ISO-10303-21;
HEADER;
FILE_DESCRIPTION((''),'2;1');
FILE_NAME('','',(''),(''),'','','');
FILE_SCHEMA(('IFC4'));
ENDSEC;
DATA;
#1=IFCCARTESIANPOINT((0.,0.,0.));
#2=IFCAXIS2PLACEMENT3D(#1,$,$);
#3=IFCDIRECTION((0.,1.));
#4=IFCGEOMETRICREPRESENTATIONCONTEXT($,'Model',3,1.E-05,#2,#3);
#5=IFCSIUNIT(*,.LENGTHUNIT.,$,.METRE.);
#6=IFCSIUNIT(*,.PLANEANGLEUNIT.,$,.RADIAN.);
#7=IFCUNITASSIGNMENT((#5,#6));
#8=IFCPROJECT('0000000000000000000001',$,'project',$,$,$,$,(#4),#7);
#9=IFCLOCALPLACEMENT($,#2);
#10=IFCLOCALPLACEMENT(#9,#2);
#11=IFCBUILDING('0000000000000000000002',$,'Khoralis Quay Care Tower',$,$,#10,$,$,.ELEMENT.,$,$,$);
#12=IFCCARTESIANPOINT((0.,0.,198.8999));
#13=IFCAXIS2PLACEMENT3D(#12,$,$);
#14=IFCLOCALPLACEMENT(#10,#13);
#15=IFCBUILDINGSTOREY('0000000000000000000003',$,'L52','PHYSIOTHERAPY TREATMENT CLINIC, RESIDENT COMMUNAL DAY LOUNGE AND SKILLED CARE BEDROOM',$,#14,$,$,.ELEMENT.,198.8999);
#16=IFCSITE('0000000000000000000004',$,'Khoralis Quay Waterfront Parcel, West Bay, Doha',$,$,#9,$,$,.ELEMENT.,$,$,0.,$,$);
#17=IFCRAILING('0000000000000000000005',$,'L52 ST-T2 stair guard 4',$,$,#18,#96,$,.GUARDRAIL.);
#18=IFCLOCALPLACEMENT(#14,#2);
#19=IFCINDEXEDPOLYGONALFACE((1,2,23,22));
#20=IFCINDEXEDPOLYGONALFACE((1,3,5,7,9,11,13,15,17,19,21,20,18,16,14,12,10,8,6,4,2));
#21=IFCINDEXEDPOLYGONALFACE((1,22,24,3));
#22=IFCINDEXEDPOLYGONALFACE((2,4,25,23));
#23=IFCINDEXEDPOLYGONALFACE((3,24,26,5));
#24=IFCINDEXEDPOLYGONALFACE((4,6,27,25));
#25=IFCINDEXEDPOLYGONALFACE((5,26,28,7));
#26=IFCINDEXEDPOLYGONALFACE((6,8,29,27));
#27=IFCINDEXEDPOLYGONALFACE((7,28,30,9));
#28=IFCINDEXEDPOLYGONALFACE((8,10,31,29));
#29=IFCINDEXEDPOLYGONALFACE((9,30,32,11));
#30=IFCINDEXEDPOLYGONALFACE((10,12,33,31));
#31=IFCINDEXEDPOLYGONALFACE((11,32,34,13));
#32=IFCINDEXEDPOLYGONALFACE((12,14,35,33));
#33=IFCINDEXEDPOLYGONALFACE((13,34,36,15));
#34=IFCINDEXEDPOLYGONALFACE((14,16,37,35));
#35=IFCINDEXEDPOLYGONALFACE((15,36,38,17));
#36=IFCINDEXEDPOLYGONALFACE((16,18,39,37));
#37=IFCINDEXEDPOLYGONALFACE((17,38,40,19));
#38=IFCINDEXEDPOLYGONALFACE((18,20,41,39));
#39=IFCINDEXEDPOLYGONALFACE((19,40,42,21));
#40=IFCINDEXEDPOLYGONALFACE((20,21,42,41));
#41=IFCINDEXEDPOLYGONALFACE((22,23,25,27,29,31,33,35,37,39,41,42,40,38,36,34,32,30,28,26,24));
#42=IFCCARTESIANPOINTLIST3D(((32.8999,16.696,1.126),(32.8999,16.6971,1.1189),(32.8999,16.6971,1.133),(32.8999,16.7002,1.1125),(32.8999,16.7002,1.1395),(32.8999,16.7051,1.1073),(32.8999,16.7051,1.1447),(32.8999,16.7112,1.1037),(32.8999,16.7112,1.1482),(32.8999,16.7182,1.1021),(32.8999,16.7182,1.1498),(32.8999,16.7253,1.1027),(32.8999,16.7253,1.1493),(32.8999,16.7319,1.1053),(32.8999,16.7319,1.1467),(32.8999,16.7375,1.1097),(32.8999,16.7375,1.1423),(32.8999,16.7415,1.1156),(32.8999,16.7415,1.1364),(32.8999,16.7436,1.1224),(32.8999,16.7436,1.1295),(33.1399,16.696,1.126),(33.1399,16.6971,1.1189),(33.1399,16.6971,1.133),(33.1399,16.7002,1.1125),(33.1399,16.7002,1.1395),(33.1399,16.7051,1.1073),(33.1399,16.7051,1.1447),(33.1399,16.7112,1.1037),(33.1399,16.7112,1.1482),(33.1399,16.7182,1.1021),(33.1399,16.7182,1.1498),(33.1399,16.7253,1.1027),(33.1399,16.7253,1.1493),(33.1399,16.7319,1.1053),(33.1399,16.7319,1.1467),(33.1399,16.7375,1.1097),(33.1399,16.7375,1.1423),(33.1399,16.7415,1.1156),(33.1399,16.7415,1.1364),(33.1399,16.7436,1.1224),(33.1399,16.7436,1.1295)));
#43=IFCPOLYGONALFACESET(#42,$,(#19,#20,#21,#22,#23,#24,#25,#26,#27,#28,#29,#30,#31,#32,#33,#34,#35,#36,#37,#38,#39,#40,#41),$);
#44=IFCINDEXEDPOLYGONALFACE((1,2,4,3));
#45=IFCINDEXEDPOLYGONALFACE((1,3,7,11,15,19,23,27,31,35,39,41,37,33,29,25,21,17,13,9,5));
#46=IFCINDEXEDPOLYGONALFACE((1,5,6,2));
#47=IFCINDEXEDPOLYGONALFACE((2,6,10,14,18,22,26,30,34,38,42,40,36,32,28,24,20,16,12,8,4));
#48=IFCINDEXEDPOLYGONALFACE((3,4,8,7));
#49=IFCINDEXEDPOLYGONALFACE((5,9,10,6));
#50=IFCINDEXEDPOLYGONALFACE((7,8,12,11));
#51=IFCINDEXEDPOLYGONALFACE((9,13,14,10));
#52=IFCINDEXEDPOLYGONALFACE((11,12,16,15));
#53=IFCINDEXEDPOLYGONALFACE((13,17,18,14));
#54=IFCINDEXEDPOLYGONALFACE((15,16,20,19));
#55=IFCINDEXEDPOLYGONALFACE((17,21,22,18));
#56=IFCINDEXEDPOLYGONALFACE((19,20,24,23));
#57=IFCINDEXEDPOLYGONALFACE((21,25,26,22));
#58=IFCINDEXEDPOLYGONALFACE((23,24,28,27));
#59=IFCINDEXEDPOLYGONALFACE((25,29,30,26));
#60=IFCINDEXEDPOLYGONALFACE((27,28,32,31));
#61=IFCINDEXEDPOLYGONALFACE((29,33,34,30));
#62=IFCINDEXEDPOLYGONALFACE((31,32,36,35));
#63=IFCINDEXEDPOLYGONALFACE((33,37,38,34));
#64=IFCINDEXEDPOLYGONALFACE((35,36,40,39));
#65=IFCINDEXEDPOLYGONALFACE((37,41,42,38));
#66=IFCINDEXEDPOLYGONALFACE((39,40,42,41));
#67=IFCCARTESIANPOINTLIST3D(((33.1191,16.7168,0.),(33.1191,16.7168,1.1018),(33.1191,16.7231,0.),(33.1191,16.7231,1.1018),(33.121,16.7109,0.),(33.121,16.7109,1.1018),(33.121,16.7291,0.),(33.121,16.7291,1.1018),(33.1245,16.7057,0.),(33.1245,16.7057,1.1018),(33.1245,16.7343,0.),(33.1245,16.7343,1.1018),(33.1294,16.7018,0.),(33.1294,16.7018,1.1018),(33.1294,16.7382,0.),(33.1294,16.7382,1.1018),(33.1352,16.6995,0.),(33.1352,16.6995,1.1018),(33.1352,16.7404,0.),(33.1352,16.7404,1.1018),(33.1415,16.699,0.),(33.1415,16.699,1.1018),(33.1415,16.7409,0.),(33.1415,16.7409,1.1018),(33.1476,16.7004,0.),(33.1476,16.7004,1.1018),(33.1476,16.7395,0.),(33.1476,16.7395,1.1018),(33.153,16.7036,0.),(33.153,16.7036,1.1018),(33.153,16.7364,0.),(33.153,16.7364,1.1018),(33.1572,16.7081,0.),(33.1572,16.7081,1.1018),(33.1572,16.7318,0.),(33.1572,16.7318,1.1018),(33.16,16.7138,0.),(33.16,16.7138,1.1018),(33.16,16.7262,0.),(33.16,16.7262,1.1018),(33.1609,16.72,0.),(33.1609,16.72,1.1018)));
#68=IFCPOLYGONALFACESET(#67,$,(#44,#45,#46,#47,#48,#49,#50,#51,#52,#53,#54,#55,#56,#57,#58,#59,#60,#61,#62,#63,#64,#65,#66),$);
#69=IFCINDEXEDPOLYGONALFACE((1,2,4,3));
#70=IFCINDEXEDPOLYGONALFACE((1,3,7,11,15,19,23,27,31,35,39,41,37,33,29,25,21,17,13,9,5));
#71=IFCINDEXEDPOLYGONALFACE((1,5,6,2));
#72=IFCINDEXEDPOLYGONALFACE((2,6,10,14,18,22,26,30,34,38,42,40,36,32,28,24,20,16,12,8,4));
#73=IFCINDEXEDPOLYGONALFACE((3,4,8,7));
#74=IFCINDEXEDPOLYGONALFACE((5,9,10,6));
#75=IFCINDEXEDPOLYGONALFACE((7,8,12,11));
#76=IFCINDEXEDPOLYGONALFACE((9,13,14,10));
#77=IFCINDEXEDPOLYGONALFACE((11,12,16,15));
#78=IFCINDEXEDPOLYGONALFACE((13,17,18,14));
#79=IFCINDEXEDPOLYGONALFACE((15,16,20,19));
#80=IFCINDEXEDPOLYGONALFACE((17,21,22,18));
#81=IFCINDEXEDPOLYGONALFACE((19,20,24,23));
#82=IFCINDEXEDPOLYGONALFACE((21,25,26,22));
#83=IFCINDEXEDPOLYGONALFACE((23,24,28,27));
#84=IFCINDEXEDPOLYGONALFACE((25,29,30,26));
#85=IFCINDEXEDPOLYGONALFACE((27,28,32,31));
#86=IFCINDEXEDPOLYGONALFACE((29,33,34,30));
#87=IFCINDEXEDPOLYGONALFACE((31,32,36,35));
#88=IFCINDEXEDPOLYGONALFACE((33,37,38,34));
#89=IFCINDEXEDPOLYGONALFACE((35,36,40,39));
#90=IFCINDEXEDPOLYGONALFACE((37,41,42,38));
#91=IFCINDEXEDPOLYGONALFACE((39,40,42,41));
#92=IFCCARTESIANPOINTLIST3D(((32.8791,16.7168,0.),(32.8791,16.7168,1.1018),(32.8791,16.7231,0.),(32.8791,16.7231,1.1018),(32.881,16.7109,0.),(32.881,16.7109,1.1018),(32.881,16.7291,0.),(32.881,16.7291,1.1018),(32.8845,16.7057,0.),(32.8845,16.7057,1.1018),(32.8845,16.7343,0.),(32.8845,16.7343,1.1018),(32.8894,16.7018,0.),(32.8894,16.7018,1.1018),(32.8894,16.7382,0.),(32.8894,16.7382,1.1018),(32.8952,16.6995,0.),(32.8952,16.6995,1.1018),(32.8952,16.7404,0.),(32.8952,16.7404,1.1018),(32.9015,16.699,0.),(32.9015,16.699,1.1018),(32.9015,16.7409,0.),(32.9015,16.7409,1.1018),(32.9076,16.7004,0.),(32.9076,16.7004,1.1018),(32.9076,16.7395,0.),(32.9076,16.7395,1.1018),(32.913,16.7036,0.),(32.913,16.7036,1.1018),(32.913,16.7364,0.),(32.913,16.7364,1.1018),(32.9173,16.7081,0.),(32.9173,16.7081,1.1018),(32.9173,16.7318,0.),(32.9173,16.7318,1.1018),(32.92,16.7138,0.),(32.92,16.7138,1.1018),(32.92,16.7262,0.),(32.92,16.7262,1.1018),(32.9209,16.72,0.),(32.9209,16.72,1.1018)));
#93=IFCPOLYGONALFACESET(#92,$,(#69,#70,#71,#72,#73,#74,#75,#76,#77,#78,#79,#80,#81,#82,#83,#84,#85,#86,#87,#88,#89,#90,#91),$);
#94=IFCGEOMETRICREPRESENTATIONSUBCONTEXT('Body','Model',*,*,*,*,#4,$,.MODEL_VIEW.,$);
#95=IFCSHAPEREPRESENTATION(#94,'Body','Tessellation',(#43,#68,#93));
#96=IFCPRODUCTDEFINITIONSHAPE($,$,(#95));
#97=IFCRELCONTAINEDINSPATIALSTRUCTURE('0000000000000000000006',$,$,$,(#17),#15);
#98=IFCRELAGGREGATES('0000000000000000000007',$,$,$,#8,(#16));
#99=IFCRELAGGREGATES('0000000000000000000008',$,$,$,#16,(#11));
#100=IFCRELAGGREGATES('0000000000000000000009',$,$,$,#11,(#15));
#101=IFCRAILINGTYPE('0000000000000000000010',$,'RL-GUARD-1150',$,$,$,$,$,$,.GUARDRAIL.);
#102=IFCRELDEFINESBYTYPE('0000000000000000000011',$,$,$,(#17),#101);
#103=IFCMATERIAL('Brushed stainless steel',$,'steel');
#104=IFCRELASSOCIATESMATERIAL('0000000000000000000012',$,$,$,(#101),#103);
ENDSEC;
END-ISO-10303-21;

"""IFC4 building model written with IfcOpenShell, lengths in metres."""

from ifc_helpers import new_model, si_unit, direction, frame, origin, origin_2d, place, context, subcontext, project, spatial, circle, extrude, material, type_object, element, save


model = new_model("IFC4")

# Units and contexts
model_context = context("Model", 3, precision=1e-05, world=origin(), true_north=direction((0.0, 1.0)))
body_context = subcontext(model_context, "Body", "Model", "MODEL_VIEW")
ifc_project = project(units=[si_unit("LENGTHUNIT", "METRE"), si_unit("PLANEANGLEUNIT", "RADIAN")], contexts=[model_context])

# Site, building, storey
site_placement = place(None, origin())
site = spatial("IfcSite", under=ifc_project, at=site_placement, Name="Khoralis Quay Waterfront Parcel, West Bay, Doha", CompositionType="ELEMENT", RefElevation=0.0)
building_placement = place(site_placement, origin())
building = spatial("IfcBuilding", under=site, at=building_placement, Name="Khoralis Quay Care Tower", CompositionType="ELEMENT")
storey_placement = place(building_placement, frame((0.0, 0.0, 198.8999)))
storey = spatial("IfcBuildingStorey", under=building, at=storey_placement, Name="L52", Description="PHYSIOTHERAPY TREATMENT CLINIC, RESIDENT COMMUNAL DAY LOUNGE AND SKILLED CARE BEDROOM", CompositionType="ELEMENT", Elevation=198.8999)

# Shared definitions
ifc_material_1 = material(Name="Brushed stainless steel", Category="steel")

# Railing
railing_type = type_object("IfcRailingType", Name="RL-GUARD-1150", PredefinedType="GUARDRAIL", material=ifc_material_1)
railing_1_placement = place(storey_placement, frame((33.1399, 16.72, 0.0)))
element("IfcRailing", 1, at=railing_1_placement, inside=storey, type_object=railing_type, Name="L52 ST-T2 stair guard 4", PredefinedType="GUARDRAIL", context=body_context, shape_type="SweptSolid", body=[
    extrude(circle(Radius=0.0239, at=origin_2d()), frame((0.0, 0.0, 1.126), z_axis=(-1.0, 0.0, 0.0), x_axis=(0.0, -1.0, 0.0)), (0.0, 0.0, 1.0), 0.24),
    extrude(circle(Radius=0.021, at=origin_2d()), origin(), (0.0, 0.0, 1.0), 1.1018),
    extrude(circle(Radius=0.021, at=origin_2d()), frame((-0.24, 0.0, 0.0)), (0.0, 0.0, 1.0), 1.1018),
])

save(model, "model.ifc")
